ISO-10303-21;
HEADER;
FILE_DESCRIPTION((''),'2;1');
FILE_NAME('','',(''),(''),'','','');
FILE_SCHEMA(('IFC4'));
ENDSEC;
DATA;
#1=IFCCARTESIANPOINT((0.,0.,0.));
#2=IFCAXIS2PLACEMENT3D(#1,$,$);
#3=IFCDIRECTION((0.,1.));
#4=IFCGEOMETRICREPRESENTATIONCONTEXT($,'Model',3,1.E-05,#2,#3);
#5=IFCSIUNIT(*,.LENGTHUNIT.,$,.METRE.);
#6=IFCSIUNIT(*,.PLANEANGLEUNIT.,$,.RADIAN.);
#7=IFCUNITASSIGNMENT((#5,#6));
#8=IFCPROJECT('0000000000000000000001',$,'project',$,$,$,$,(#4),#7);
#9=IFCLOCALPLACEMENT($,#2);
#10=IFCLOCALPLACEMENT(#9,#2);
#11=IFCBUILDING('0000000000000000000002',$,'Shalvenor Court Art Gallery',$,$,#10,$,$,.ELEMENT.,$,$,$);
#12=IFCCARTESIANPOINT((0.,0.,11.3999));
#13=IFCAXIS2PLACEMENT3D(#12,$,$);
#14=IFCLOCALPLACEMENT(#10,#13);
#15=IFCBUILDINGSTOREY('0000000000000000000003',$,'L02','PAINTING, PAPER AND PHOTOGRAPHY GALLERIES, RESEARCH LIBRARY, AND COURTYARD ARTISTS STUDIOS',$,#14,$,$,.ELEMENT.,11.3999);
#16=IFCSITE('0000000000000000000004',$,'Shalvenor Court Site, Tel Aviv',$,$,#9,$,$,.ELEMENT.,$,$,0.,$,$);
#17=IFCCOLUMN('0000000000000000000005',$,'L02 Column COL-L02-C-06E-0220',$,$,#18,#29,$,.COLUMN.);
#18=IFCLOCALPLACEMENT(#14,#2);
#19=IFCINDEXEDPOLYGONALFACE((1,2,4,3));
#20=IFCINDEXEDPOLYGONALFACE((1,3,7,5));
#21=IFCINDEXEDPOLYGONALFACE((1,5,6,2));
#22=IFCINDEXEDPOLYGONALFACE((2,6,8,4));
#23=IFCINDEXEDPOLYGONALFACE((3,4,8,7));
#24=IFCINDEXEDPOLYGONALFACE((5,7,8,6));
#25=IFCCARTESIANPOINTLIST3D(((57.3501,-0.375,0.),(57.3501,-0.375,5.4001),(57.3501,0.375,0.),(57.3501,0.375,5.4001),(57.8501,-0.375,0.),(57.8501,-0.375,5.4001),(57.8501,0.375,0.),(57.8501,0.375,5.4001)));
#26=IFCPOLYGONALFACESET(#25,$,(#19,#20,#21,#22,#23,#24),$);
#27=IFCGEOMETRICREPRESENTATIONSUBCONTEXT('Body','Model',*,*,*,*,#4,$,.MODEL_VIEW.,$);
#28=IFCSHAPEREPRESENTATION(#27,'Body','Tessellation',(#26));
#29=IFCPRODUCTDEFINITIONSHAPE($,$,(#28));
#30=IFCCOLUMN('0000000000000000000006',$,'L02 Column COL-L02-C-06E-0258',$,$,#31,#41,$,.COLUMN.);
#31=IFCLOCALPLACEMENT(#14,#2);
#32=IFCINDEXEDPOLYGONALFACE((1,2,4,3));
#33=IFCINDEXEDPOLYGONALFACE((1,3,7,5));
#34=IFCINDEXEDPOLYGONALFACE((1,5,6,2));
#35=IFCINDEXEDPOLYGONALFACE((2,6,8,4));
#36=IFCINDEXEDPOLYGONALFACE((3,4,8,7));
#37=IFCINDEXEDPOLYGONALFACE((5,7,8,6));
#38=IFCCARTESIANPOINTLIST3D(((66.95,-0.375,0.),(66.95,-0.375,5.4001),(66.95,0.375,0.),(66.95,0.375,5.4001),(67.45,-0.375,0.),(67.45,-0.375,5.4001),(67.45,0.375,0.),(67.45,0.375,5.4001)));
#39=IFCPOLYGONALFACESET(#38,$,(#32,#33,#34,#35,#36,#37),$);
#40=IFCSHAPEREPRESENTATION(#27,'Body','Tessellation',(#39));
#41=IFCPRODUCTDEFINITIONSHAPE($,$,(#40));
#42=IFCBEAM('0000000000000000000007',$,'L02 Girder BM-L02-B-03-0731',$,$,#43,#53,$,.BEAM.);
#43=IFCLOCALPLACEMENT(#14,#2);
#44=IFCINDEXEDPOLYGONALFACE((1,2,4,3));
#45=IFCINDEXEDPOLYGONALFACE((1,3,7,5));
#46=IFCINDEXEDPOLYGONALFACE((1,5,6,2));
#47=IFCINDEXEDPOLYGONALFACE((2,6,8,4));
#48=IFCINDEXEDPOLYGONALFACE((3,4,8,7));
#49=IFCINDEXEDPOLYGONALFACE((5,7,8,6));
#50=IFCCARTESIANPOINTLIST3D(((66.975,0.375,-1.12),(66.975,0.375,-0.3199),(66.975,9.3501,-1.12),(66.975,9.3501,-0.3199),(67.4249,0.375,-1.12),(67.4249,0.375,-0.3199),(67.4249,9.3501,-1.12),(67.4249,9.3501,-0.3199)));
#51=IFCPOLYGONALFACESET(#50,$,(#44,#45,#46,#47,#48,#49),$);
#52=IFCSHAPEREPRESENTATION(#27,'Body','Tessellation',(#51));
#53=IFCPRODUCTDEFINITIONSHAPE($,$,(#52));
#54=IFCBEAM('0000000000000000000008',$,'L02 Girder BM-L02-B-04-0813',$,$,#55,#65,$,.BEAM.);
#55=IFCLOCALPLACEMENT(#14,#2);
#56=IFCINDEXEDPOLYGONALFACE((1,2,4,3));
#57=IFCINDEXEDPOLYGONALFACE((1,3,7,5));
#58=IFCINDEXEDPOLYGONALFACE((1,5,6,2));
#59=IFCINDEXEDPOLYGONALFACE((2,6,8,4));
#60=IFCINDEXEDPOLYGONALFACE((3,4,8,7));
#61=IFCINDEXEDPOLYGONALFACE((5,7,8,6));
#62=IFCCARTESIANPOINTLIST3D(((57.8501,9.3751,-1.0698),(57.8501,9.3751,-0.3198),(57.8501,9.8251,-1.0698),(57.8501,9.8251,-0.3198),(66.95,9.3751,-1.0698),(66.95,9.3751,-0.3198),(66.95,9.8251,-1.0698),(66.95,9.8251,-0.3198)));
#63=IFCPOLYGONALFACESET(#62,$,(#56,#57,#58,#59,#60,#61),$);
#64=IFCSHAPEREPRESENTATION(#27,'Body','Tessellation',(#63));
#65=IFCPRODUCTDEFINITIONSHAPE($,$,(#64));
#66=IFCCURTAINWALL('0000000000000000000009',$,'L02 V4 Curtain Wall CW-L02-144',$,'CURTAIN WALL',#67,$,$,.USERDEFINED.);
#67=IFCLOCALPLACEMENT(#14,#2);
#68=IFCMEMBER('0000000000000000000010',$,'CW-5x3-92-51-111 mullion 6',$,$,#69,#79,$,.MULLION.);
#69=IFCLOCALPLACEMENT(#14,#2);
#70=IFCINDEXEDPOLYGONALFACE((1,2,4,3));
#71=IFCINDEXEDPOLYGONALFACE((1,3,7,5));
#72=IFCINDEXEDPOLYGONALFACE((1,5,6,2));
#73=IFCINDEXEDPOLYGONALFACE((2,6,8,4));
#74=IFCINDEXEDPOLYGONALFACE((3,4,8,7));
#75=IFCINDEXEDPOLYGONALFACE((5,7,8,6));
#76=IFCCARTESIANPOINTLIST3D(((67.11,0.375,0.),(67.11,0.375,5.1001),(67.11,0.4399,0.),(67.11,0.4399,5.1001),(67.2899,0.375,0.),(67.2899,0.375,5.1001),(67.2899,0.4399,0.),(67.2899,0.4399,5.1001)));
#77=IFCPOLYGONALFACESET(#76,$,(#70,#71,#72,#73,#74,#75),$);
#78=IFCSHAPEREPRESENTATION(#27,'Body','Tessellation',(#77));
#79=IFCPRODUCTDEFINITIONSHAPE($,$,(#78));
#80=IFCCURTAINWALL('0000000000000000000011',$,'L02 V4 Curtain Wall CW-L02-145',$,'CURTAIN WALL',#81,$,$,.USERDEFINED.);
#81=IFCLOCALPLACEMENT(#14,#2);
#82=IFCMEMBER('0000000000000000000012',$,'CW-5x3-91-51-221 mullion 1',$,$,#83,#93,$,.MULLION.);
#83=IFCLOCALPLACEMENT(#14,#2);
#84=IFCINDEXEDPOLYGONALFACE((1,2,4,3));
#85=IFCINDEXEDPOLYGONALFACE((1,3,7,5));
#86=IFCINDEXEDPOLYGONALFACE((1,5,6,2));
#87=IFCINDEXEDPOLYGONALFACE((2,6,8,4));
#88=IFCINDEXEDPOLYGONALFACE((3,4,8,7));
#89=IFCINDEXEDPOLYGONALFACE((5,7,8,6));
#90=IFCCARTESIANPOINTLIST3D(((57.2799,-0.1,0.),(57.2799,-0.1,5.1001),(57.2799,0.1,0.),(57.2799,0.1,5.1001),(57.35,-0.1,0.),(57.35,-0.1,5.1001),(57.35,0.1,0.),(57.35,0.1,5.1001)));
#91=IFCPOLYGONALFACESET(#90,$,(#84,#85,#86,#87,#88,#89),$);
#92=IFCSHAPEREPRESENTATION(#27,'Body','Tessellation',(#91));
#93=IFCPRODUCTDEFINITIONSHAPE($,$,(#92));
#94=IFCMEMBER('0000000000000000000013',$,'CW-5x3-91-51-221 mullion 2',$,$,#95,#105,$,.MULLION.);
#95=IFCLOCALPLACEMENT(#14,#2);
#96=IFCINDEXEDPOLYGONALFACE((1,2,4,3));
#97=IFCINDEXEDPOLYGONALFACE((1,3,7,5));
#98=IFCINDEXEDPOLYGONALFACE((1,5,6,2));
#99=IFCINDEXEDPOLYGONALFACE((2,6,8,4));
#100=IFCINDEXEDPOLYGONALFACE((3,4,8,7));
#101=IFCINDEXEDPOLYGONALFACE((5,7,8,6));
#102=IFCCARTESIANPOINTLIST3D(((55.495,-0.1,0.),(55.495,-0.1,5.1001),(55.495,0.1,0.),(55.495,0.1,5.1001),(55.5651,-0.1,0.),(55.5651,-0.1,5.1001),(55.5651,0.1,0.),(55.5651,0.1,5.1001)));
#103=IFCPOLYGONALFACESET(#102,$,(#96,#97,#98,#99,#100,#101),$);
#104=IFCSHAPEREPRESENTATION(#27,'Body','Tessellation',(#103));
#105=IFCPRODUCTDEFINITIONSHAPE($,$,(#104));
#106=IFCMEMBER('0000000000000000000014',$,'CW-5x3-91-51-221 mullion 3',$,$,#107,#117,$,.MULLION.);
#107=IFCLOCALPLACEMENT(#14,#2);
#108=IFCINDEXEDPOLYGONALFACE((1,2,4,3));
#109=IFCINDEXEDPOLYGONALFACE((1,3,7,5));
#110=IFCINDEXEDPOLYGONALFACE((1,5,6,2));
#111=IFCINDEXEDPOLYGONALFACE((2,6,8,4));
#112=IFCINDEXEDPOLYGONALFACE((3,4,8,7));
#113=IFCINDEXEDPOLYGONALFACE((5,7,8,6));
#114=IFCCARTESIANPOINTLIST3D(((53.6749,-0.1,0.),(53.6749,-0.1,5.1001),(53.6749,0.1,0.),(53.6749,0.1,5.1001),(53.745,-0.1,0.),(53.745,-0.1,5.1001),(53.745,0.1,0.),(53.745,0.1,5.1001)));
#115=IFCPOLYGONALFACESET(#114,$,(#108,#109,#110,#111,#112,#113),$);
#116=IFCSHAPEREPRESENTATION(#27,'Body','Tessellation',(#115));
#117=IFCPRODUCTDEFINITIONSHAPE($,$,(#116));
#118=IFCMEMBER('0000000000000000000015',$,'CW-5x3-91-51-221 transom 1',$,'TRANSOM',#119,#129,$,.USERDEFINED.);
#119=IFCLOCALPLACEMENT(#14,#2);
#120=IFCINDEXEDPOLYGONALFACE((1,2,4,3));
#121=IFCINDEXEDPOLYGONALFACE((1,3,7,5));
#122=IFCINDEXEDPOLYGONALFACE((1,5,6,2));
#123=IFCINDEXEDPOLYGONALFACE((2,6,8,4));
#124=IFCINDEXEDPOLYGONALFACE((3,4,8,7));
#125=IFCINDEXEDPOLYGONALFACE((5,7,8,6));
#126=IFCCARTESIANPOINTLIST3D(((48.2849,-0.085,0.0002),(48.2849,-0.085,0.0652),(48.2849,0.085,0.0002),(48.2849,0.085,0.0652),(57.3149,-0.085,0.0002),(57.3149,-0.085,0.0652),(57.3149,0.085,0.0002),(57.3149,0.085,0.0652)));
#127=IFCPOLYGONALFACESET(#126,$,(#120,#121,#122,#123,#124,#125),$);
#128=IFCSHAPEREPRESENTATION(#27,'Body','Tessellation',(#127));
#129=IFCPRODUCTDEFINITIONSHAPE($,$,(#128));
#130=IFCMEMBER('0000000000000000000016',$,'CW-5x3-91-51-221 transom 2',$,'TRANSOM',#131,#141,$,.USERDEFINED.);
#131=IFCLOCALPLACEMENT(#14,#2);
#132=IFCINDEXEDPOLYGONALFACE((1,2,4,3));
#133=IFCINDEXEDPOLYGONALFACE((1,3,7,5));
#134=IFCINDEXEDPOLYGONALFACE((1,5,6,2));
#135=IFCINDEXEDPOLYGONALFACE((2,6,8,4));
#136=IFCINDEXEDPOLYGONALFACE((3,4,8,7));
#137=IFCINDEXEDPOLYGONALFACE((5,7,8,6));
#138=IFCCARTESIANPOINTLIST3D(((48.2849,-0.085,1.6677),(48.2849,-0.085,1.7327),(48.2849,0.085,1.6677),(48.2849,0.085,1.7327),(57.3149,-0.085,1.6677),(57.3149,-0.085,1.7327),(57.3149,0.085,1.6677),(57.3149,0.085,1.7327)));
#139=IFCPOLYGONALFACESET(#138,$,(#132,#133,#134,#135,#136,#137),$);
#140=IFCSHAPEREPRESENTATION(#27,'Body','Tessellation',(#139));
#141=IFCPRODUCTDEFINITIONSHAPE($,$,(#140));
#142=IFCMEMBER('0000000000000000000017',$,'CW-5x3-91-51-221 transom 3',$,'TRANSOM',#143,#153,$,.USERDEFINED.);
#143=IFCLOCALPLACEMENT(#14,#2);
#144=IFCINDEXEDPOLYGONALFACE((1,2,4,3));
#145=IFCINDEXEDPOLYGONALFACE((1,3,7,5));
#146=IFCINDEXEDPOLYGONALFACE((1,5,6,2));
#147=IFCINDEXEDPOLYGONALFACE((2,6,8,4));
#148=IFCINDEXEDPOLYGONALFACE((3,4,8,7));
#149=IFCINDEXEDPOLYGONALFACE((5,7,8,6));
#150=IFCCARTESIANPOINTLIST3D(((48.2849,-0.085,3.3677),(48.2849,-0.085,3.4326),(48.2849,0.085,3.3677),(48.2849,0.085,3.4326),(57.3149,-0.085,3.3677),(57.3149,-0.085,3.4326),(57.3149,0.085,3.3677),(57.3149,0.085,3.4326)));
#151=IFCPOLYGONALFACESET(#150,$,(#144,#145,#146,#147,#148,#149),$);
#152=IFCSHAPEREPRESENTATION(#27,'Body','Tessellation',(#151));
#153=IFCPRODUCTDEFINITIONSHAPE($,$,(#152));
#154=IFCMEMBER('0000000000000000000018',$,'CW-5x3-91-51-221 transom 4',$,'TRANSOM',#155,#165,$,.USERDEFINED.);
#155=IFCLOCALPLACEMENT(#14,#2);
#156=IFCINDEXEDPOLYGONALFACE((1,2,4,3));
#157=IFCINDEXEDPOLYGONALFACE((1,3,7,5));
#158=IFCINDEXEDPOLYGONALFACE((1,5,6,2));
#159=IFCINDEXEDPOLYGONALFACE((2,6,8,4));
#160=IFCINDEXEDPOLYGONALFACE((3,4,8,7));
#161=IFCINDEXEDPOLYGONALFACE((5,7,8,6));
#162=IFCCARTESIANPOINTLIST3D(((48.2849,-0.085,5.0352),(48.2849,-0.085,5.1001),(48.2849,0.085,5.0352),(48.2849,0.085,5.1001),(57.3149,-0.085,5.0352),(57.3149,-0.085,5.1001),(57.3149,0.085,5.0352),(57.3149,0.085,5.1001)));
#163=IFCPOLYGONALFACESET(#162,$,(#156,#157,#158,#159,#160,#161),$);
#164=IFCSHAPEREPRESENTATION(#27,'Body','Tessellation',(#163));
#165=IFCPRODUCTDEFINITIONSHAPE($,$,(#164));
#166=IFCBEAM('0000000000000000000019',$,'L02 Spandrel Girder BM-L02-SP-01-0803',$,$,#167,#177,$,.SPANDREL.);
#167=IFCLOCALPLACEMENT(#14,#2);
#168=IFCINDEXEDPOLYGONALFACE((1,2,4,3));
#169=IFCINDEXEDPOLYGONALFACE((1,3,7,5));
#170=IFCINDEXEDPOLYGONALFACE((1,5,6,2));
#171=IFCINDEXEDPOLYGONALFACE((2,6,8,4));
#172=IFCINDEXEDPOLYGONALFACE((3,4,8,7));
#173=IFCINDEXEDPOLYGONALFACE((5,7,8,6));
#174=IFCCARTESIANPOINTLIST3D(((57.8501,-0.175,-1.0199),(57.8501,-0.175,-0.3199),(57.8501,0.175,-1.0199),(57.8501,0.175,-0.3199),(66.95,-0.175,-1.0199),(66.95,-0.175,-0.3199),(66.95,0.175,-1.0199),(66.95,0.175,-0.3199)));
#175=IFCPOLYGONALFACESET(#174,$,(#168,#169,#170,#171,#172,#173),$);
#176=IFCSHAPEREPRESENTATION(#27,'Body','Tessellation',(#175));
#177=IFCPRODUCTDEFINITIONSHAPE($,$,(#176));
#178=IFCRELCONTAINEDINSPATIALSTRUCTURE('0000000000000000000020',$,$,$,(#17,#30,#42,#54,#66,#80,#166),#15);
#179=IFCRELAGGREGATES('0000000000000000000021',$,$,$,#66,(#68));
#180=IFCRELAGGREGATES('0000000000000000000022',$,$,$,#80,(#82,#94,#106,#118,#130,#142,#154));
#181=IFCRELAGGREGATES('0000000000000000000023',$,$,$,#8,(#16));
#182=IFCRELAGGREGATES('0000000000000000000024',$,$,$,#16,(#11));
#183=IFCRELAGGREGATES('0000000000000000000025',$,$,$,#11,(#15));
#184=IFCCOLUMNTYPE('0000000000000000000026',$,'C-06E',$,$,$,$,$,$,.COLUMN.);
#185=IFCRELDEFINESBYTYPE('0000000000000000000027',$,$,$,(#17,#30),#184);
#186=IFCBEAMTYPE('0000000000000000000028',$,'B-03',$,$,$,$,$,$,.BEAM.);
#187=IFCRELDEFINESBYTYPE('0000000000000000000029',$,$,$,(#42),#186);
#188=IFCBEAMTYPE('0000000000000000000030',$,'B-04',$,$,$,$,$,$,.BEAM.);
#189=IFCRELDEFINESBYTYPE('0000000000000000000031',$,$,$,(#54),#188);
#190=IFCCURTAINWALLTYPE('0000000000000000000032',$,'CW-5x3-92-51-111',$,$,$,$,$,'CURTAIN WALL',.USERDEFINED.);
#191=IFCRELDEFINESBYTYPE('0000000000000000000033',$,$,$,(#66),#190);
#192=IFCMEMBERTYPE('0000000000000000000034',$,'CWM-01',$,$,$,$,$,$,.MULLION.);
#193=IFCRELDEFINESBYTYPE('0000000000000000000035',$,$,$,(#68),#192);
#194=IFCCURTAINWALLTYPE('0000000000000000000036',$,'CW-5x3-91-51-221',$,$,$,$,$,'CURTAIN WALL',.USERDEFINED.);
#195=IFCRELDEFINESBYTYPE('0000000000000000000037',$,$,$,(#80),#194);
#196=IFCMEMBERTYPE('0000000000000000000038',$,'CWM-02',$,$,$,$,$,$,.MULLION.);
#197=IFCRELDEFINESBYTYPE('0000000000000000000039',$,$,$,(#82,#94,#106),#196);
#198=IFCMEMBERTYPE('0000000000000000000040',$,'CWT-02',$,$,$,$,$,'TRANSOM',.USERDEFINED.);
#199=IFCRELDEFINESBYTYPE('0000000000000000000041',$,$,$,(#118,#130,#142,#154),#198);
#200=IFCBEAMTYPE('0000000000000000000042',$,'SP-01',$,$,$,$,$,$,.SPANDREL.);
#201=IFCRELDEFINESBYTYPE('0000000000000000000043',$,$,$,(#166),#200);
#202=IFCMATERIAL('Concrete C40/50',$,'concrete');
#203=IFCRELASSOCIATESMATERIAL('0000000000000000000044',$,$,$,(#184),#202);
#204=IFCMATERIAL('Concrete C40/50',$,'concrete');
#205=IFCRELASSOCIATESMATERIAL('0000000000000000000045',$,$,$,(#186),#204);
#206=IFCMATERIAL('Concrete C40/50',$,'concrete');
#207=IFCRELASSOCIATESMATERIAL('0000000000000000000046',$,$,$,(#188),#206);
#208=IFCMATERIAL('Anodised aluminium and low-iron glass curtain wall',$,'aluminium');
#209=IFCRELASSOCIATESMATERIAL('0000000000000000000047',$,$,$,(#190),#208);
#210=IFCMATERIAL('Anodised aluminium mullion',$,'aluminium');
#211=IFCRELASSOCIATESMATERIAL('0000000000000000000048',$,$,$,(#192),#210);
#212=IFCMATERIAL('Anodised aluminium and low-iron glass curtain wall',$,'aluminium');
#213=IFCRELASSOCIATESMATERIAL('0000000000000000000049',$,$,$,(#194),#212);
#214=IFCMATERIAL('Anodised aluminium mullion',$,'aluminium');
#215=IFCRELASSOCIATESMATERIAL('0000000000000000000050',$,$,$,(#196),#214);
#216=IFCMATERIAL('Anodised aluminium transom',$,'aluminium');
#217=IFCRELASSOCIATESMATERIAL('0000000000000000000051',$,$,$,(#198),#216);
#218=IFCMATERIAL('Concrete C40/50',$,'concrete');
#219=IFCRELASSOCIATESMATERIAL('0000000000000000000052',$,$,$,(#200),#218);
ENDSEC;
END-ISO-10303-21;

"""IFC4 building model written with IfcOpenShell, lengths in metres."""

from ifc_helpers import new_model, si_unit, direction, frame, origin, origin_2d, place, context, subcontext, project, spatial, rectangle, extrude, material, material_profile, profile_set, type_object, element, aggregate, save


model = new_model("IFC4")

# Units and contexts
model_context = context("Model", 3, precision=1e-05, world=origin(), true_north=direction((0.0, 1.0)))
body_context = subcontext(model_context, "Body", "Model", "MODEL_VIEW")
ifc_project = project(units=[si_unit("LENGTHUNIT", "METRE"), si_unit("PLANEANGLEUNIT", "RADIAN")], contexts=[model_context])

# Site, building, storey
site_placement = place(None, origin())
site = spatial("IfcSite", under=ifc_project, at=site_placement, Name="Shalvenor Court Site, Tel Aviv", CompositionType="ELEMENT", RefElevation=0.0)
building_placement = place(site_placement, origin())
building = spatial("IfcBuilding", under=site, at=building_placement, Name="Shalvenor Court Art Gallery", CompositionType="ELEMENT")
storey_placement = place(building_placement, frame((0.0, 0.0, 11.3999)))
storey = spatial("IfcBuildingStorey", under=building, at=storey_placement, Name="L02", Description="PAINTING, PAPER AND PHOTOGRAPHY GALLERIES, RESEARCH LIBRARY, AND COURTYARD ARTISTS STUDIOS", CompositionType="ELEMENT", Elevation=11.3999)

# Columns
ifc_material_1 = material(Name="Concrete C40/50", Category="concrete")
ifc_material_profile_1 = material_profile(ifc_material_1, rectangle(XDim=0.5, YDim=0.75, at=origin_2d()), Name="RC 500x750")
ifc_profile_set_1 = profile_set([ifc_material_profile_1], Name="Concrete C40/50")
column_type = type_object("IfcColumnType", Name="C-06E", PredefinedType="COLUMN", material=ifc_profile_set_1)
for number, where, z_axis, x_axis, name in (
    (1, (57.6001, 0.0, 0.0), (0.0, 0.0, 1.0), (1.0, 0.0, 0.0), "L02 Column COL-L02-C-06E-0220"),
    (2, (67.2, 0.0, 0.0), (0.0, 0.0, 1.0), (1.0, 0.0, 0.0), "L02 Column COL-L02-C-06E-0258"),
):
    element("IfcColumn", number, at=place(storey_placement, frame(where, z_axis=z_axis, x_axis=x_axis)), inside=storey, type_object=column_type, Name=name, PredefinedType="COLUMN", context=body_context, shape_type="SweptSolid", body=[
        extrude(rectangle(XDim=0.5, YDim=0.75, at=origin_2d()), origin(), (0.0, 0.0, 1.0), 5.4001),
    ])

# Beams
ifc_material_2 = material(Name="Concrete C40/50", Category="concrete")
ifc_material_profile_2 = material_profile(ifc_material_2, rectangle(XDim=0.45, YDim=0.8, at=origin_2d()), Name="RC 450x800")
ifc_profile_set_2 = profile_set([ifc_material_profile_2], Name="Concrete C40/50")
beam_type_1 = type_object("IfcBeamType", Name="B-03", PredefinedType="BEAM", material=ifc_profile_set_2)
beam_1_placement = place(storey_placement, frame((67.2, 0.375, -0.72), z_axis=(0.0, 1.0, 0.0), x_axis=(-1.0, 0.0, 0.0)))
element("IfcBeam", 3, at=beam_1_placement, inside=storey, type_object=beam_type_1, Name="L02 Girder BM-L02-B-03-0731", PredefinedType="BEAM", context=body_context, shape_type="SweptSolid", body=[
    extrude(rectangle(XDim=0.45, YDim=0.8, at=origin_2d()), origin(), (0.0, 0.0, 1.0), 8.9751),
])
ifc_material_3 = material(Name="Concrete C40/50", Category="concrete")
ifc_material_profile_3 = material_profile(ifc_material_3, rectangle(XDim=0.45, YDim=0.75, at=origin_2d()), Name="RC 450x750")
ifc_profile_set_3 = profile_set([ifc_material_profile_3], Name="Concrete C40/50")
beam_type_2 = type_object("IfcBeamType", Name="B-04", PredefinedType="BEAM", material=ifc_profile_set_3)
beam_2_placement = place(storey_placement, frame((57.8501, 9.6001, -0.6948), z_axis=(1.0, 0.0, 0.0), x_axis=(0.0, 1.0, 0.0)))
element("IfcBeam", 4, at=beam_2_placement, inside=storey, type_object=beam_type_2, Name="L02 Girder BM-L02-B-04-0813", PredefinedType="BEAM", context=body_context, shape_type="SweptSolid", body=[
    extrude(rectangle(XDim=0.45, YDim=0.75, at=origin_2d()), origin(), (0.0, 0.0, 1.0), 9.0999),
])

# Curtain wall, member
ifc_material_4 = material(Name="Anodised aluminium and low-iron glass curtain wall", Category="aluminium")
curtain_wall_type_1 = type_object("IfcCurtainWallType", Name="CW-5x3-92-51-111", ElementType="CURTAIN WALL", PredefinedType="USERDEFINED", material=ifc_material_4)
curtain_wall_1_placement = place(storey_placement, origin())
curtain_wall_1 = element("IfcCurtainWall", 5, at=curtain_wall_1_placement, inside=storey, type_object=curtain_wall_type_1, Name="L02 V4 Curtain Wall CW-L02-144", ObjectType="CURTAIN WALL", PredefinedType="USERDEFINED")
ifc_material_5 = material(Name="Anodised aluminium mullion", Category="aluminium")
ifc_material_profile_4 = material_profile(ifc_material_5, rectangle(XDim=0.0649, YDim=0.1799, at=origin_2d()), Name="CWM-01")
ifc_profile_set_4 = profile_set([ifc_material_profile_4], Name="Anodised aluminium mullion")
member_type_1 = type_object("IfcMemberType", Name="CWM-01", PredefinedType="MULLION", material=ifc_profile_set_4)
member_1_placement = place(storey_placement, frame((67.2, 0.4075, 0.0), z_axis=(0.0, 0.0, 1.0), x_axis=(0.0, -1.0, 0.0)))
member_1 = element("IfcMember", 6, at=member_1_placement, type_object=member_type_1, Name="CW-5x3-92-51-111 mullion 6", PredefinedType="MULLION", context=body_context, shape_type="SweptSolid", body=[
    extrude(rectangle(XDim=0.0649, YDim=0.1799, at=origin_2d()), origin(), (0.0, 0.0, 1.0), 5.1001),
])

# Curtain wall, members
ifc_material_6 = material(Name="Anodised aluminium and low-iron glass curtain wall", Category="aluminium")
curtain_wall_type_2 = type_object("IfcCurtainWallType", Name="CW-5x3-91-51-221", ElementType="CURTAIN WALL", PredefinedType="USERDEFINED", material=ifc_material_6)
curtain_wall_2_placement = place(storey_placement, origin())
curtain_wall_2 = element("IfcCurtainWall", 7, at=curtain_wall_2_placement, inside=storey, type_object=curtain_wall_type_2, Name="L02 V4 Curtain Wall CW-L02-145", ObjectType="CURTAIN WALL", PredefinedType="USERDEFINED")
ifc_material_7 = material(Name="Anodised aluminium mullion", Category="aluminium")
ifc_material_profile_5 = material_profile(ifc_material_7, rectangle(XDim=0.0701, YDim=0.2, at=origin_2d()), Name="CWM-02")
ifc_profile_set_5 = profile_set([ifc_material_profile_5], Name="Anodised aluminium mullion")
member_type_2 = type_object("IfcMemberType", Name="CWM-02", PredefinedType="MULLION", material=ifc_profile_set_5)
member_2_placement = place(storey_placement, frame((57.3149, 0.0, 0.0), z_axis=(0.0, 0.0, 1.0), x_axis=(-1.0, 0.0, 0.0)))
member_2 = element("IfcMember", 8, at=member_2_placement, type_object=member_type_2, Name="CW-5x3-91-51-221 mullion 1", PredefinedType="MULLION", context=body_context, shape_type="SweptSolid", body=[
    extrude(rectangle(XDim=0.0701, YDim=0.2, at=origin_2d()), origin(), (0.0, 0.0, 1.0), 5.1001),
])
member_3_placement = place(storey_placement, frame((55.53, 0.0, 0.0), z_axis=(0.0, 0.0, 1.0), x_axis=(-1.0, 0.0, 0.0)))
member_3 = element("IfcMember", 9, at=member_3_placement, type_object=member_type_2, Name="CW-5x3-91-51-221 mullion 2", PredefinedType="MULLION", context=body_context, shape_type="SweptSolid", body=[
    extrude(rectangle(XDim=0.0701, YDim=0.2, at=origin_2d()), origin(), (0.0, 0.0, 1.0), 5.1001),
])
member_4_placement = place(storey_placement, frame((53.71, 0.0, 0.0), z_axis=(0.0, 0.0, 1.0), x_axis=(-1.0, 0.0, 0.0)))
member_4 = element("IfcMember", 10, at=member_4_placement, type_object=member_type_2, Name="CW-5x3-91-51-221 mullion 3", PredefinedType="MULLION", context=body_context, shape_type="SweptSolid", body=[
    extrude(rectangle(XDim=0.0701, YDim=0.2, at=origin_2d()), origin(), (0.0, 0.0, 1.0), 5.1001),
])
ifc_material_8 = material(Name="Anodised aluminium transom", Category="aluminium")
ifc_material_profile_6 = material_profile(ifc_material_8, rectangle(XDim=0.1699, YDim=0.0649, at=origin_2d()), Name="CWT-02")
ifc_profile_set_6 = profile_set([ifc_material_profile_6], Name="Anodised aluminium transom")
member_type_3 = type_object("IfcMemberType", Name="CWT-02", ElementType="TRANSOM", PredefinedType="USERDEFINED", material=ifc_profile_set_6)
member_5_placement = place(storey_placement, frame((57.3149, 0.0, 0.0327), z_axis=(-1.0, 0.0, 0.0), x_axis=(0.0, -1.0, 0.0)))
member_5 = element("IfcMember", 11, at=member_5_placement, type_object=member_type_3, Name="CW-5x3-91-51-221 transom 1", ObjectType="TRANSOM", PredefinedType="USERDEFINED", context=body_context, shape_type="SweptSolid", body=[
    extrude(rectangle(XDim=0.1699, YDim=0.0649, at=origin_2d()), origin(), (0.0, 0.0, 1.0), 9.03),
])
member_6_placement = place(storey_placement, frame((57.3149, 0.0, 1.7002), z_axis=(-1.0, 0.0, 0.0), x_axis=(0.0, -1.0, 0.0)))
member_6 = element("IfcMember", 12, at=member_6_placement, type_object=member_type_3, Name="CW-5x3-91-51-221 transom 2", ObjectType="TRANSOM", PredefinedType="USERDEFINED", context=body_context, shape_type="SweptSolid", body=[
    extrude(rectangle(XDim=0.1699, YDim=0.0649, at=origin_2d()), origin(), (0.0, 0.0, 1.0), 9.03),
])
member_7_placement = place(storey_placement, frame((57.3149, 0.0, 3.4001), z_axis=(-1.0, 0.0, 0.0), x_axis=(0.0, -1.0, 0.0)))
member_7 = element("IfcMember", 13, at=member_7_placement, type_object=member_type_3, Name="CW-5x3-91-51-221 transom 3", ObjectType="TRANSOM", PredefinedType="USERDEFINED", context=body_context, shape_type="SweptSolid", body=[
    extrude(rectangle(XDim=0.1699, YDim=0.0649, at=origin_2d()), origin(), (0.0, 0.0, 1.0), 9.03),
])
member_8_placement = place(storey_placement, frame((57.3149, 0.0, 5.0676), z_axis=(-1.0, 0.0, 0.0), x_axis=(0.0, -1.0, 0.0)))
member_8 = element("IfcMember", 14, at=member_8_placement, type_object=member_type_3, Name="CW-5x3-91-51-221 transom 4", ObjectType="TRANSOM", PredefinedType="USERDEFINED", context=body_context, shape_type="SweptSolid", body=[
    extrude(rectangle(XDim=0.1699, YDim=0.0649, at=origin_2d()), origin(), (0.0, 0.0, 1.0), 9.03),
])

# Beam
ifc_material_9 = material(Name="Concrete C40/50", Category="concrete")
ifc_material_profile_7 = material_profile(ifc_material_9, rectangle(XDim=0.3501, YDim=0.7, at=origin_2d()), Name="RC 350x700")
ifc_profile_set_7 = profile_set([ifc_material_profile_7], Name="Concrete C40/50")
beam_type_3 = type_object("IfcBeamType", Name="SP-01", PredefinedType="SPANDREL", material=ifc_profile_set_7)
beam_3_placement = place(storey_placement, frame((57.8501, 0.0, -0.6699), z_axis=(1.0, 0.0, 0.0), x_axis=(0.0, 1.0, 0.0)))
element("IfcBeam", 15, at=beam_3_placement, inside=storey, type_object=beam_type_3, Name="L02 Spandrel Girder BM-L02-SP-01-0803", PredefinedType="SPANDREL", context=body_context, shape_type="SweptSolid", body=[
    extrude(rectangle(XDim=0.3501, YDim=0.7, at=origin_2d()), origin(), (0.0, 0.0, 1.0), 9.0999),
])

aggregate(curtain_wall_1, [member_1])
aggregate(curtain_wall_2, [member_2, member_3, member_4, member_5, member_6, member_7, member_8])

save(model, "model.ifc")
